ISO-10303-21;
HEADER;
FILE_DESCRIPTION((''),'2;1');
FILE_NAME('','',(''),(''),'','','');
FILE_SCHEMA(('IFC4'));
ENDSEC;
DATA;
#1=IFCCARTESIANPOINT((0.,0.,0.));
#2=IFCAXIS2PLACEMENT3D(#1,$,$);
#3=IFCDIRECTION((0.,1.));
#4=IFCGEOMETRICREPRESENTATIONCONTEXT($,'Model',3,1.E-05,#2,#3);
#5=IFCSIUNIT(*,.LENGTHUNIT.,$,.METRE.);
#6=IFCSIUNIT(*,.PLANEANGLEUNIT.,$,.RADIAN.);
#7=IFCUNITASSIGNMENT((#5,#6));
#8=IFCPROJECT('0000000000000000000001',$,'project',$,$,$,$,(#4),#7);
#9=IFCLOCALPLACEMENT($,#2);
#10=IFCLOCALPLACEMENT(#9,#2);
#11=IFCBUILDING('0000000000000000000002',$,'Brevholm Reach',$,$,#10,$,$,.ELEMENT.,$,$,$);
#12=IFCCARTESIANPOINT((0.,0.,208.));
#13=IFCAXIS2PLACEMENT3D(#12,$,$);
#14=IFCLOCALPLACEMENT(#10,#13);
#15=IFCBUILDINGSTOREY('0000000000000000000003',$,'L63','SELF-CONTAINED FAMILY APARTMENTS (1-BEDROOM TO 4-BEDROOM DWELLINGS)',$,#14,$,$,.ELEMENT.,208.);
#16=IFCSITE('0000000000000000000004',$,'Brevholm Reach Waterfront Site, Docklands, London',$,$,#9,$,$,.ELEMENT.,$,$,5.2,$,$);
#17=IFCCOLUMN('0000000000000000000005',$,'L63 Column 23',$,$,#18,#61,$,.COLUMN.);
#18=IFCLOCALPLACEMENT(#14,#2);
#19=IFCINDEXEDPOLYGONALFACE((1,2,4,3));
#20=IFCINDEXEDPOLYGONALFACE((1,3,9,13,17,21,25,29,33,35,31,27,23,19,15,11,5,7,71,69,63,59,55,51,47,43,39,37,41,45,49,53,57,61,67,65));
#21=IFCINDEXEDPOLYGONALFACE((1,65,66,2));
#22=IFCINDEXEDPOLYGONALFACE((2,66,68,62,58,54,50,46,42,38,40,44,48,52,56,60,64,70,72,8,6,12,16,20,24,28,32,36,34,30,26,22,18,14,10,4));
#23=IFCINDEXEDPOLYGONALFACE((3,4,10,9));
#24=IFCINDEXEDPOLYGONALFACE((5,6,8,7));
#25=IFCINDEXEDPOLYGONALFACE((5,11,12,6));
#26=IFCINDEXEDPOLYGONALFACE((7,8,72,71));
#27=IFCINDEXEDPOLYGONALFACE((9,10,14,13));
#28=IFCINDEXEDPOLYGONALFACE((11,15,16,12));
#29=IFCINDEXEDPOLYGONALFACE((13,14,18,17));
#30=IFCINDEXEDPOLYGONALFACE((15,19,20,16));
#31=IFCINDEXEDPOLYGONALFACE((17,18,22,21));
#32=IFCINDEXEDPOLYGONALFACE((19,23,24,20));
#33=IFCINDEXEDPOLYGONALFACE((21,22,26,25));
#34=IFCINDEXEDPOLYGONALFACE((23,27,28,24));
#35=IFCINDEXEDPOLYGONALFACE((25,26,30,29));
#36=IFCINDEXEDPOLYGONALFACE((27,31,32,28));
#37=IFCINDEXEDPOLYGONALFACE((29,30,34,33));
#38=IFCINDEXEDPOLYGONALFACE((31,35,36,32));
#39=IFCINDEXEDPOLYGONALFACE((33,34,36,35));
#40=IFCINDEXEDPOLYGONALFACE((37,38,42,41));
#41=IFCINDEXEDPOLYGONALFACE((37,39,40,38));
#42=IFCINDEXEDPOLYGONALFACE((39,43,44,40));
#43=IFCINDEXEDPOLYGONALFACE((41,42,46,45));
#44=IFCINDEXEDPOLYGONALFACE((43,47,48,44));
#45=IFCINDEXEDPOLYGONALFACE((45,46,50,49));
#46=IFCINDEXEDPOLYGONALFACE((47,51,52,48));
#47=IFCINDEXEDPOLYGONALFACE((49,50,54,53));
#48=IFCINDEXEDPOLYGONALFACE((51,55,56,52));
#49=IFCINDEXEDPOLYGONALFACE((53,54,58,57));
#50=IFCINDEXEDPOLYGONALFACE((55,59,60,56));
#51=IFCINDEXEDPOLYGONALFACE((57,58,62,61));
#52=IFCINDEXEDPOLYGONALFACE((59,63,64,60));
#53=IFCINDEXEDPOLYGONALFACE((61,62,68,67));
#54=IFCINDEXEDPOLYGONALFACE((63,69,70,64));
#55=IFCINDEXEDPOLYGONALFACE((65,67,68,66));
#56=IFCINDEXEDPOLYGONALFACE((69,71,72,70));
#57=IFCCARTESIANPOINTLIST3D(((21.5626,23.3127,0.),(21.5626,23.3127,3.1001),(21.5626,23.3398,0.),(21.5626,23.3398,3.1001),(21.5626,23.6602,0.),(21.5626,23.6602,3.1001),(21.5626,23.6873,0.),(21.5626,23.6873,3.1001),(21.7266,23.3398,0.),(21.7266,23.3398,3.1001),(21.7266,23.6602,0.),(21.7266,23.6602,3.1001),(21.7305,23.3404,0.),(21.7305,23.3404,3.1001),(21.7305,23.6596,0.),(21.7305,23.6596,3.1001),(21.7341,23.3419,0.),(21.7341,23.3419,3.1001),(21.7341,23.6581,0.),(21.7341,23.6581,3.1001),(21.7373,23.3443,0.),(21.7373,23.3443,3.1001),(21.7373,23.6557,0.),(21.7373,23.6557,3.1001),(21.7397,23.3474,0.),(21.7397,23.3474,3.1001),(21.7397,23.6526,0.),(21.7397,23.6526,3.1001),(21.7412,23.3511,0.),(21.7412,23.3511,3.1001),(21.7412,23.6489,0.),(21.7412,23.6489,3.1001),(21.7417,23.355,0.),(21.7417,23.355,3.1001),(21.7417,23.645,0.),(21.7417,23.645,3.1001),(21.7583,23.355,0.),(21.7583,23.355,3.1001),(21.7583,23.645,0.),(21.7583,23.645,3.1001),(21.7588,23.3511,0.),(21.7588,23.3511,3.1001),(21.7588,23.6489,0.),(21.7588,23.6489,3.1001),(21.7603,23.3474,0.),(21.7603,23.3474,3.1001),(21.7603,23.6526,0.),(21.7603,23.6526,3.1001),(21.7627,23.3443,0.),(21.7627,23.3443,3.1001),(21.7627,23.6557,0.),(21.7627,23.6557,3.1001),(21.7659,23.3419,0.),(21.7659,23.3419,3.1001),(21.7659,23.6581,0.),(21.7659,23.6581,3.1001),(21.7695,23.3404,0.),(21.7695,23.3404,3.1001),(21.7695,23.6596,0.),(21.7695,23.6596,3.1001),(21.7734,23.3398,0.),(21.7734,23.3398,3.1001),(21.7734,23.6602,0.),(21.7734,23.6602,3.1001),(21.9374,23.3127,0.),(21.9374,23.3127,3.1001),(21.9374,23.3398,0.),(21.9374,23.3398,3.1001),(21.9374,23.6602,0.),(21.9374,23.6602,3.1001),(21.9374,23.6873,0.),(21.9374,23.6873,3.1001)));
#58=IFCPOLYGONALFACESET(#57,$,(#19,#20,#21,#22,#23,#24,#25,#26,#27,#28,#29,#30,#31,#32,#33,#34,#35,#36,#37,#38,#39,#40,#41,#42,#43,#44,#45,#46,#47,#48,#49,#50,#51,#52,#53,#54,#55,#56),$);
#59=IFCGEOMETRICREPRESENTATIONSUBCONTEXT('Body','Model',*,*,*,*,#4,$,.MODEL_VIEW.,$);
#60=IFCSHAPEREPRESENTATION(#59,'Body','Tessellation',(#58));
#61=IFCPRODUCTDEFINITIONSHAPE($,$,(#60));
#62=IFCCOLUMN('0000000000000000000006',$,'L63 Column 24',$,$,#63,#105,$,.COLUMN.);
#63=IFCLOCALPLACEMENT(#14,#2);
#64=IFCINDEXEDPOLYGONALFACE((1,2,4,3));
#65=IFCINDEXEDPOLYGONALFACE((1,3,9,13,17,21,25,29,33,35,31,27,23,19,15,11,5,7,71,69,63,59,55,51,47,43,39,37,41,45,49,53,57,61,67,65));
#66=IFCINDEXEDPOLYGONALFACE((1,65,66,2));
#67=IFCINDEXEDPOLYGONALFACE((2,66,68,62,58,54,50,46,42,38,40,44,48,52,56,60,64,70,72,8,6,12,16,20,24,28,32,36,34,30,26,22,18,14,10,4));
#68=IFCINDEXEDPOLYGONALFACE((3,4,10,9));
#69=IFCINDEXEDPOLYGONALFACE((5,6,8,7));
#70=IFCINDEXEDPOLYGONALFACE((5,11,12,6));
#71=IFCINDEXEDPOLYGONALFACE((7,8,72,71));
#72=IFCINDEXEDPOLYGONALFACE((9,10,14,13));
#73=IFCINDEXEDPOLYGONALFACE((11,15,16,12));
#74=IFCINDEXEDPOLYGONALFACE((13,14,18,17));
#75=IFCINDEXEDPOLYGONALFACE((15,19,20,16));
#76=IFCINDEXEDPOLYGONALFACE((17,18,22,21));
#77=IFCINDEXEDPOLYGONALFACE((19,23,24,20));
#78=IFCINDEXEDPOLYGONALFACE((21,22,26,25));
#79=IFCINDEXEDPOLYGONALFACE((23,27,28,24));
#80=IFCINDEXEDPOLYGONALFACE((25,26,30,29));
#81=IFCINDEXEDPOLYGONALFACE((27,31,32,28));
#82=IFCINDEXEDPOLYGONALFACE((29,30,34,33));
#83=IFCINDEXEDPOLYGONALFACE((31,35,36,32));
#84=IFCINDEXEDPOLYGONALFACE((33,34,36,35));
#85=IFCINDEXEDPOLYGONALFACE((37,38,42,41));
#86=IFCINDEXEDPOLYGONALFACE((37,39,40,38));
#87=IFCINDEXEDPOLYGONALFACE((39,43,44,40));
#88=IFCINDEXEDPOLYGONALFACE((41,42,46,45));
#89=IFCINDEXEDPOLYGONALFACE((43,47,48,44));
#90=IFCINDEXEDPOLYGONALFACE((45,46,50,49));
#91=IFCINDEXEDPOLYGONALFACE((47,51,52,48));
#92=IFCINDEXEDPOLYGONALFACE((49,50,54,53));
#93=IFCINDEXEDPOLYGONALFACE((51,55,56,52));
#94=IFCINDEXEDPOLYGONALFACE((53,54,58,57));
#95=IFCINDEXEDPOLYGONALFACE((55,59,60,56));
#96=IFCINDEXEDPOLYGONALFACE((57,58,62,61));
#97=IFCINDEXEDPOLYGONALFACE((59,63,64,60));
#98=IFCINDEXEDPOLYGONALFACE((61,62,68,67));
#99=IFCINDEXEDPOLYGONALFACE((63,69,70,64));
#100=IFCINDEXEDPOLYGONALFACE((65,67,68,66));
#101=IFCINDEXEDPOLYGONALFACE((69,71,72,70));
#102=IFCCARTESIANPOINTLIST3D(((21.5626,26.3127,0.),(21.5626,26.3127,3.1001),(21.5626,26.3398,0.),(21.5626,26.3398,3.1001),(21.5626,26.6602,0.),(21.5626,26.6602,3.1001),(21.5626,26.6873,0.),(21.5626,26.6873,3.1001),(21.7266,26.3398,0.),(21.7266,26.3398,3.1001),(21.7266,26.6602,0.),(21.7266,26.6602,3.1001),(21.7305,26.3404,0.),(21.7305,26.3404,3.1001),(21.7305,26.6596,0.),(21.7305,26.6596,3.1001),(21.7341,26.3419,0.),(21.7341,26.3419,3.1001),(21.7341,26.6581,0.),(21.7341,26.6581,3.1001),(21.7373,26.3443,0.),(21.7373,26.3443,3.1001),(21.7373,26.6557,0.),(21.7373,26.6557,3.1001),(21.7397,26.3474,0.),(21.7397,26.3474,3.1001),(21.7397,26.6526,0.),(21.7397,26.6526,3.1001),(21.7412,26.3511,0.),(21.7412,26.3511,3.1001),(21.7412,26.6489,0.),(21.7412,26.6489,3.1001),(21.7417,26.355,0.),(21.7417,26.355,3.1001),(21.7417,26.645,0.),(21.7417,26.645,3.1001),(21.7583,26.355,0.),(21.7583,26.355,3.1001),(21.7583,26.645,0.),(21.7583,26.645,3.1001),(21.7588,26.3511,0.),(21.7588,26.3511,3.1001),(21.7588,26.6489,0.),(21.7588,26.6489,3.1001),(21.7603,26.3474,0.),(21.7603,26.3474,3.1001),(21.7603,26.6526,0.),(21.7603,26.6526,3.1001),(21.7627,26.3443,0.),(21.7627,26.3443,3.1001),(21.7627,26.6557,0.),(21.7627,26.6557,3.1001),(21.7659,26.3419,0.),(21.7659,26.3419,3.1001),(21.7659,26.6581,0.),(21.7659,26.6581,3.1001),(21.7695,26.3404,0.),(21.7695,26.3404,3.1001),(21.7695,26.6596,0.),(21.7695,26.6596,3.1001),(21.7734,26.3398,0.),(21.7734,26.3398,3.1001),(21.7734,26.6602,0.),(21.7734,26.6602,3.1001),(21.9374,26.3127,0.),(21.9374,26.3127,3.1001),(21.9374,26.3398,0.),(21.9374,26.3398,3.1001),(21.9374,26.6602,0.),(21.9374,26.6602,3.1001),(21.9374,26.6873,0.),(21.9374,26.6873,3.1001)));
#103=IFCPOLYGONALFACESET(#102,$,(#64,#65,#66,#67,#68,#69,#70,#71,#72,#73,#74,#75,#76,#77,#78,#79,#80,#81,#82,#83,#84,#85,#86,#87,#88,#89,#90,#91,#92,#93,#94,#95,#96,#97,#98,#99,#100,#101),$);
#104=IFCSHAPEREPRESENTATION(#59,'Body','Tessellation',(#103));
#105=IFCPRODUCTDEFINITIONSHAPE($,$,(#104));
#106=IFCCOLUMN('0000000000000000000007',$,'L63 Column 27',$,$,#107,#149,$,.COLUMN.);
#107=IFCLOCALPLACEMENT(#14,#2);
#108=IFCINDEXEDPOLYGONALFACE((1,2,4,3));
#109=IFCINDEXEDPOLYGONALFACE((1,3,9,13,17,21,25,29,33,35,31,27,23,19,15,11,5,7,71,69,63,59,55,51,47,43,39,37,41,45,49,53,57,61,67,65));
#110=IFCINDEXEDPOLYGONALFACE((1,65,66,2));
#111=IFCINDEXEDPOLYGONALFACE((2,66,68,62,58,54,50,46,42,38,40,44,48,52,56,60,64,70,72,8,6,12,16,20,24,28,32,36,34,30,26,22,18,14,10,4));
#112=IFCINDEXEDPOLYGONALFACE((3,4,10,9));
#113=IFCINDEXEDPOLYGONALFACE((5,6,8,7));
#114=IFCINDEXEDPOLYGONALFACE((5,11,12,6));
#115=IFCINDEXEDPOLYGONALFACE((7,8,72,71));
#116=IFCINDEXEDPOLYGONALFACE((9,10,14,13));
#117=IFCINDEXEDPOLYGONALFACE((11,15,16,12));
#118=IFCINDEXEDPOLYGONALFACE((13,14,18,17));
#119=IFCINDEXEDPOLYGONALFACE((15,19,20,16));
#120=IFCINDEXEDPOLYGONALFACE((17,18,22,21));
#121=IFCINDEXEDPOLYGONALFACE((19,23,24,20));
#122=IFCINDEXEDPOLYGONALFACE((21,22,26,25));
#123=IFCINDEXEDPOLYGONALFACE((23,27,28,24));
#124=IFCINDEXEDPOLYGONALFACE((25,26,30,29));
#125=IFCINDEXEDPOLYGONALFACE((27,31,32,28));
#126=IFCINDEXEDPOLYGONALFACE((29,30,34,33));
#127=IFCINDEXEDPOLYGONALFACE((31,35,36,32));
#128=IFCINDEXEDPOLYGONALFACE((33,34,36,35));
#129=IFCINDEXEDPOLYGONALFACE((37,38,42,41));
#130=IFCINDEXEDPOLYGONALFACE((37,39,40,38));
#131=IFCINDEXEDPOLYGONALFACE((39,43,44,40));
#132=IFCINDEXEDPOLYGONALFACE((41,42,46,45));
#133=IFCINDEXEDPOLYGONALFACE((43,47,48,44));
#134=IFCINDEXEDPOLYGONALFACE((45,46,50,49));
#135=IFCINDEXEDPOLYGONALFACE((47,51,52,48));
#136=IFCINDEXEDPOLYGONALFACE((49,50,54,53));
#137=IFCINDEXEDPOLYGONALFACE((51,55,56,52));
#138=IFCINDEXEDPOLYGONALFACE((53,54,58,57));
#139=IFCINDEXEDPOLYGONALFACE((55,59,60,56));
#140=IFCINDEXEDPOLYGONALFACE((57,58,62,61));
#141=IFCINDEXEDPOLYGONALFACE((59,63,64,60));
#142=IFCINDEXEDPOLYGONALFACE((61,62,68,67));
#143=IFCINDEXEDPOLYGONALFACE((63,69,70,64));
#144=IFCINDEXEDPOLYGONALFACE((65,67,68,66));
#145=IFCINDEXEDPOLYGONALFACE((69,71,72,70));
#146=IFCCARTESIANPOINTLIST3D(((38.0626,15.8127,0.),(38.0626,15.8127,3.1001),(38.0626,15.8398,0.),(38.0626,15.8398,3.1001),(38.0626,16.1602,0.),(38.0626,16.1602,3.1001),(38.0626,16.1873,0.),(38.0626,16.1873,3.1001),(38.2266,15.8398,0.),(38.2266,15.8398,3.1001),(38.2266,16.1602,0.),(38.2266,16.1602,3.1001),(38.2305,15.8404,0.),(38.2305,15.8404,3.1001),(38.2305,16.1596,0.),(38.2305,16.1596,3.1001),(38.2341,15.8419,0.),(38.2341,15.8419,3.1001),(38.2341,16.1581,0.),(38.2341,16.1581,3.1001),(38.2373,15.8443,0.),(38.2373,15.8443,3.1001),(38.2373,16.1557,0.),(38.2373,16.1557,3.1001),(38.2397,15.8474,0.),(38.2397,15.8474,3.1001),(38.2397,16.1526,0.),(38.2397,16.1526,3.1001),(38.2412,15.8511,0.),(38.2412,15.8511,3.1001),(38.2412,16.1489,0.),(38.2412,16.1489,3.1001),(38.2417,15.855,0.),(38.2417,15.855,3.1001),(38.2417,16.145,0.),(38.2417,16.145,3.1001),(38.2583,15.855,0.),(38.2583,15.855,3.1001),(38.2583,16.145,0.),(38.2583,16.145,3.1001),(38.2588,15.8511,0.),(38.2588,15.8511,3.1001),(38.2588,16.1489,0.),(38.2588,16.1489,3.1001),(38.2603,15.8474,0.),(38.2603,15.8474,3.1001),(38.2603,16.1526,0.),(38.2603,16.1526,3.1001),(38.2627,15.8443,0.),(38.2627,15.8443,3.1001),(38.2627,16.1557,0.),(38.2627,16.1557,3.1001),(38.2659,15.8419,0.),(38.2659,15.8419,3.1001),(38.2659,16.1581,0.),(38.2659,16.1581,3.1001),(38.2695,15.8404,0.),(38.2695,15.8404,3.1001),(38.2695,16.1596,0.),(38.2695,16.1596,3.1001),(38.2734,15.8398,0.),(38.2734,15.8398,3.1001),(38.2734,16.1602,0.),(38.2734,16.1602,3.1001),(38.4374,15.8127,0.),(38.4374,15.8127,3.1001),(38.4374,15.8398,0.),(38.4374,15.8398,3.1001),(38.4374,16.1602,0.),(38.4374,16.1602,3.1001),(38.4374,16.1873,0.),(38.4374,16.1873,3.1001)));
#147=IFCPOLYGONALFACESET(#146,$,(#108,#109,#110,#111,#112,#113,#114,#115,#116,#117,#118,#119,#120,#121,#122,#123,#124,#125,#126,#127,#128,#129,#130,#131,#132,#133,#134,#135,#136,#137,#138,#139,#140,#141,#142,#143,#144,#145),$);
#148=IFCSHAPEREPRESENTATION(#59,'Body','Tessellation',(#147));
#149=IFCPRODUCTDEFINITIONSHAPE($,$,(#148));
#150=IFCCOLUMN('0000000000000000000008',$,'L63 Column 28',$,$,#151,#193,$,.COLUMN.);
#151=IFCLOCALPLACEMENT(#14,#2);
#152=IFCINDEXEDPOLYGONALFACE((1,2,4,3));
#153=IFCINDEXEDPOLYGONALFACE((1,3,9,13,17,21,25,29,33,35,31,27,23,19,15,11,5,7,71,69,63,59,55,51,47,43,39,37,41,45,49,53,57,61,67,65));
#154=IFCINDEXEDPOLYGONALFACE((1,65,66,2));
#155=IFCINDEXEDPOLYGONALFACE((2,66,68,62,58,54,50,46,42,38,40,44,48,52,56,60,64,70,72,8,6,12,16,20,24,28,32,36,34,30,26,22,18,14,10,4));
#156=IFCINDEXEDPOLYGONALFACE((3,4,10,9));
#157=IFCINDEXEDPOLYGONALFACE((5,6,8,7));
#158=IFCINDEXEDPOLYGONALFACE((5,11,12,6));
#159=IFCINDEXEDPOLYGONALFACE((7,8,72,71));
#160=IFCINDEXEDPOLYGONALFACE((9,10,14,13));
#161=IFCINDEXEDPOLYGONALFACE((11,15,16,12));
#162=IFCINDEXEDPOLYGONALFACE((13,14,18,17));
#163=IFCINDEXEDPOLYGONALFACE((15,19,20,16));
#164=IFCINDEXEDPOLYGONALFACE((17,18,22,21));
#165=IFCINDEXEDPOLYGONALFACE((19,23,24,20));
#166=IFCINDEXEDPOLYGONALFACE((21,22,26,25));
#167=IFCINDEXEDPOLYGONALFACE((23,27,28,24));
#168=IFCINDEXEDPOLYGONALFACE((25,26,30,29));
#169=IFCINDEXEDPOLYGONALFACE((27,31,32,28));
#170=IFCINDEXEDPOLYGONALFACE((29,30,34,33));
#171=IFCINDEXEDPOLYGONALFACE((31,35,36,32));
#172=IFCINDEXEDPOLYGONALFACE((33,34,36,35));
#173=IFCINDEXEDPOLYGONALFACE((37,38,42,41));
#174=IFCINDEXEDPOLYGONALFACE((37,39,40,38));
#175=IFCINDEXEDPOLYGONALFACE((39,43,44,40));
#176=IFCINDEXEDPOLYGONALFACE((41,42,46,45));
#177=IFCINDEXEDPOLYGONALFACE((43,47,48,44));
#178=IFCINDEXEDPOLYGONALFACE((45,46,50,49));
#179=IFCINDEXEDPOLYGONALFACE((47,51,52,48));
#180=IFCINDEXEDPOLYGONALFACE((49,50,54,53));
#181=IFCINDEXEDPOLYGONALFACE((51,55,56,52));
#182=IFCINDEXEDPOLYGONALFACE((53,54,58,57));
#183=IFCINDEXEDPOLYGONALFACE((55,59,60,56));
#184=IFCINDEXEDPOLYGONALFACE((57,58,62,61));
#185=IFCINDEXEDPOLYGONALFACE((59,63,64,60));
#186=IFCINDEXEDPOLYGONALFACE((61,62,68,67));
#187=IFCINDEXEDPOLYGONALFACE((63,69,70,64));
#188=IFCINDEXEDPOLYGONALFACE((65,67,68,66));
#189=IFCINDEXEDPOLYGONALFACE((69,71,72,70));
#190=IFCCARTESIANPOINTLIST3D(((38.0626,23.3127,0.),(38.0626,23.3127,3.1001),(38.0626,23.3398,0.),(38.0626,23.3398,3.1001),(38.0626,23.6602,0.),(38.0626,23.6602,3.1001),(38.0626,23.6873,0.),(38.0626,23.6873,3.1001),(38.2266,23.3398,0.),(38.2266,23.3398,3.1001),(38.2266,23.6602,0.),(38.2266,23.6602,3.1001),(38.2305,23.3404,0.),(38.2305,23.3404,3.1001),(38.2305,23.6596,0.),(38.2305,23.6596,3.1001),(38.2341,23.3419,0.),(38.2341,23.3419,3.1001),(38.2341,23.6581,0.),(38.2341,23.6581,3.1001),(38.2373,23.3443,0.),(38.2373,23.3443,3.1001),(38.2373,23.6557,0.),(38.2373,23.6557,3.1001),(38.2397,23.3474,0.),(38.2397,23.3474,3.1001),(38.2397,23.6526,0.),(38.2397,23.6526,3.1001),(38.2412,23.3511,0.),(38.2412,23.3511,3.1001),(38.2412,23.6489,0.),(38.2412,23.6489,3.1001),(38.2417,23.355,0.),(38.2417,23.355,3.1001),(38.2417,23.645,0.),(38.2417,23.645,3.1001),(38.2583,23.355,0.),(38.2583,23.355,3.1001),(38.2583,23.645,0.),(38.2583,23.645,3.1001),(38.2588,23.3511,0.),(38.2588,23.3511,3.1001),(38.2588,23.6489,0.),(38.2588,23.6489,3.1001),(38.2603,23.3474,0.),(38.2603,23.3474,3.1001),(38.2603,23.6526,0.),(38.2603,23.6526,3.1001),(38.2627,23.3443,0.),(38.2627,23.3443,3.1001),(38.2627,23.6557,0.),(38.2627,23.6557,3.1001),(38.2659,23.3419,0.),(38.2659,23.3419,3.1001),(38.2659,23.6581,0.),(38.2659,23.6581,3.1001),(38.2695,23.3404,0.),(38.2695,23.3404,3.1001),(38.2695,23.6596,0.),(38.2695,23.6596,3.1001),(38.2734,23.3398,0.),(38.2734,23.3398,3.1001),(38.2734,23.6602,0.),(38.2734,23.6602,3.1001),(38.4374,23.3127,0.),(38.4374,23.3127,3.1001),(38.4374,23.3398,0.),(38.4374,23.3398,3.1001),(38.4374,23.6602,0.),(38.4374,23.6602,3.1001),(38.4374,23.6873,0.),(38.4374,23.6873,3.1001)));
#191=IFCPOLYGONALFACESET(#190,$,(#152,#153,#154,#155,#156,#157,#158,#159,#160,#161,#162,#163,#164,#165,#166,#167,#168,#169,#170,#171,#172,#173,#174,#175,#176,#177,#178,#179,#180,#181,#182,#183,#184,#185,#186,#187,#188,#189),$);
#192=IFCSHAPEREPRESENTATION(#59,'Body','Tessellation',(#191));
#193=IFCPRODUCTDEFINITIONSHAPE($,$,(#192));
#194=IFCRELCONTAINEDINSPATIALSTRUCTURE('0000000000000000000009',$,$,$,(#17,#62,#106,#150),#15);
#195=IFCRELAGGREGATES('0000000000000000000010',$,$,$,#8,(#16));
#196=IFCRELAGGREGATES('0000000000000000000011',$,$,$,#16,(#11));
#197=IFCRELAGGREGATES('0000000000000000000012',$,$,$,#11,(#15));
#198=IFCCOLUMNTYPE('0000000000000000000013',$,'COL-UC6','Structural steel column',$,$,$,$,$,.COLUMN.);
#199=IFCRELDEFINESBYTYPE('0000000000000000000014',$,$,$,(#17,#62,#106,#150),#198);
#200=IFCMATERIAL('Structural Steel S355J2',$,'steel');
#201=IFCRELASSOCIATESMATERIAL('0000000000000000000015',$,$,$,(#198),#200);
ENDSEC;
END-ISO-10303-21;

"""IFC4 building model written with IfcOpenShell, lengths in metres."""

from ifc_helpers import new_model, si_unit, direction, frame, origin, origin_2d, place, context, subcontext, project, spatial, i_section, extrude, material, material_profile, profile_set, type_object, element, save


model = new_model("IFC4")

# Units and contexts
model_context = context("Model", 3, precision=1e-05, world=origin(), true_north=direction((0.0, 1.0)))
body_context = subcontext(model_context, "Body", "Model", "MODEL_VIEW")
ifc_project = project(units=[si_unit("LENGTHUNIT", "METRE"), si_unit("PLANEANGLEUNIT", "RADIAN")], contexts=[model_context])

# Site, building, storey
site_placement = place(None, origin())
site = spatial("IfcSite", under=ifc_project, at=site_placement, Name="Brevholm Reach Waterfront Site, Docklands, London", CompositionType="ELEMENT", RefElevation=5.2)
building_placement = place(site_placement, origin())
building = spatial("IfcBuilding", under=site, at=building_placement, Name="Brevholm Reach", CompositionType="ELEMENT")
storey_placement = place(building_placement, frame((0.0, 0.0, 208.0)))
storey = spatial("IfcBuildingStorey", under=building, at=storey_placement, Name="L63", Description="SELF-CONTAINED FAMILY APARTMENTS (1-BEDROOM TO 4-BEDROOM DWELLINGS)", CompositionType="ELEMENT", Elevation=208.0)

# Columns
ifc_material_1 = material(Name="Structural Steel S355J2", Category="steel")
ifc_material_profile_1 = material_profile(ifc_material_1, i_section(OverallWidth=0.3748, OverallDepth=0.3745, WebThickness=0.0166, FlangeThickness=0.0271, FilletRadius=0.0151, at=origin_2d()), Name="UKC 356x368x202")
ifc_profile_set_1 = profile_set([ifc_material_profile_1], Name="Structural Steel S355J2")
column_type = type_object("IfcColumnType", Name="COL-UC6", Description="Structural steel column", PredefinedType="COLUMN", material=ifc_profile_set_1)
for number, where, z_axis, x_axis, name in (
    (1, (21.75, 23.5, 0.0), (0.0, 0.0, 1.0), (1.0, 0.0, 0.0), "L63 Column 23"),
    (2, (21.75, 26.5, 0.0), (0.0, 0.0, 1.0), (1.0, 0.0, 0.0), "L63 Column 24"),
    (3, (38.25, 16.0, 0.0), (0.0, 0.0, 1.0), (1.0, 0.0, 0.0), "L63 Column 27"),
    (4, (38.25, 23.5, 0.0), (0.0, 0.0, 1.0), (1.0, 0.0, 0.0), "L63 Column 28"),
):
    element("IfcColumn", number, at=place(storey_placement, frame(where, z_axis=z_axis, x_axis=x_axis)), inside=storey, type_object=column_type, Name=name, PredefinedType="COLUMN", context=body_context, shape_type="SweptSolid", body=[
        extrude(i_section(OverallWidth=0.3748, OverallDepth=0.3745, WebThickness=0.0166, FlangeThickness=0.0271, FilletRadius=0.0151, at=origin_2d()), origin(), (0.0, 0.0, 1.0), 3.1001),
    ])

save(model, "model.ifc")
